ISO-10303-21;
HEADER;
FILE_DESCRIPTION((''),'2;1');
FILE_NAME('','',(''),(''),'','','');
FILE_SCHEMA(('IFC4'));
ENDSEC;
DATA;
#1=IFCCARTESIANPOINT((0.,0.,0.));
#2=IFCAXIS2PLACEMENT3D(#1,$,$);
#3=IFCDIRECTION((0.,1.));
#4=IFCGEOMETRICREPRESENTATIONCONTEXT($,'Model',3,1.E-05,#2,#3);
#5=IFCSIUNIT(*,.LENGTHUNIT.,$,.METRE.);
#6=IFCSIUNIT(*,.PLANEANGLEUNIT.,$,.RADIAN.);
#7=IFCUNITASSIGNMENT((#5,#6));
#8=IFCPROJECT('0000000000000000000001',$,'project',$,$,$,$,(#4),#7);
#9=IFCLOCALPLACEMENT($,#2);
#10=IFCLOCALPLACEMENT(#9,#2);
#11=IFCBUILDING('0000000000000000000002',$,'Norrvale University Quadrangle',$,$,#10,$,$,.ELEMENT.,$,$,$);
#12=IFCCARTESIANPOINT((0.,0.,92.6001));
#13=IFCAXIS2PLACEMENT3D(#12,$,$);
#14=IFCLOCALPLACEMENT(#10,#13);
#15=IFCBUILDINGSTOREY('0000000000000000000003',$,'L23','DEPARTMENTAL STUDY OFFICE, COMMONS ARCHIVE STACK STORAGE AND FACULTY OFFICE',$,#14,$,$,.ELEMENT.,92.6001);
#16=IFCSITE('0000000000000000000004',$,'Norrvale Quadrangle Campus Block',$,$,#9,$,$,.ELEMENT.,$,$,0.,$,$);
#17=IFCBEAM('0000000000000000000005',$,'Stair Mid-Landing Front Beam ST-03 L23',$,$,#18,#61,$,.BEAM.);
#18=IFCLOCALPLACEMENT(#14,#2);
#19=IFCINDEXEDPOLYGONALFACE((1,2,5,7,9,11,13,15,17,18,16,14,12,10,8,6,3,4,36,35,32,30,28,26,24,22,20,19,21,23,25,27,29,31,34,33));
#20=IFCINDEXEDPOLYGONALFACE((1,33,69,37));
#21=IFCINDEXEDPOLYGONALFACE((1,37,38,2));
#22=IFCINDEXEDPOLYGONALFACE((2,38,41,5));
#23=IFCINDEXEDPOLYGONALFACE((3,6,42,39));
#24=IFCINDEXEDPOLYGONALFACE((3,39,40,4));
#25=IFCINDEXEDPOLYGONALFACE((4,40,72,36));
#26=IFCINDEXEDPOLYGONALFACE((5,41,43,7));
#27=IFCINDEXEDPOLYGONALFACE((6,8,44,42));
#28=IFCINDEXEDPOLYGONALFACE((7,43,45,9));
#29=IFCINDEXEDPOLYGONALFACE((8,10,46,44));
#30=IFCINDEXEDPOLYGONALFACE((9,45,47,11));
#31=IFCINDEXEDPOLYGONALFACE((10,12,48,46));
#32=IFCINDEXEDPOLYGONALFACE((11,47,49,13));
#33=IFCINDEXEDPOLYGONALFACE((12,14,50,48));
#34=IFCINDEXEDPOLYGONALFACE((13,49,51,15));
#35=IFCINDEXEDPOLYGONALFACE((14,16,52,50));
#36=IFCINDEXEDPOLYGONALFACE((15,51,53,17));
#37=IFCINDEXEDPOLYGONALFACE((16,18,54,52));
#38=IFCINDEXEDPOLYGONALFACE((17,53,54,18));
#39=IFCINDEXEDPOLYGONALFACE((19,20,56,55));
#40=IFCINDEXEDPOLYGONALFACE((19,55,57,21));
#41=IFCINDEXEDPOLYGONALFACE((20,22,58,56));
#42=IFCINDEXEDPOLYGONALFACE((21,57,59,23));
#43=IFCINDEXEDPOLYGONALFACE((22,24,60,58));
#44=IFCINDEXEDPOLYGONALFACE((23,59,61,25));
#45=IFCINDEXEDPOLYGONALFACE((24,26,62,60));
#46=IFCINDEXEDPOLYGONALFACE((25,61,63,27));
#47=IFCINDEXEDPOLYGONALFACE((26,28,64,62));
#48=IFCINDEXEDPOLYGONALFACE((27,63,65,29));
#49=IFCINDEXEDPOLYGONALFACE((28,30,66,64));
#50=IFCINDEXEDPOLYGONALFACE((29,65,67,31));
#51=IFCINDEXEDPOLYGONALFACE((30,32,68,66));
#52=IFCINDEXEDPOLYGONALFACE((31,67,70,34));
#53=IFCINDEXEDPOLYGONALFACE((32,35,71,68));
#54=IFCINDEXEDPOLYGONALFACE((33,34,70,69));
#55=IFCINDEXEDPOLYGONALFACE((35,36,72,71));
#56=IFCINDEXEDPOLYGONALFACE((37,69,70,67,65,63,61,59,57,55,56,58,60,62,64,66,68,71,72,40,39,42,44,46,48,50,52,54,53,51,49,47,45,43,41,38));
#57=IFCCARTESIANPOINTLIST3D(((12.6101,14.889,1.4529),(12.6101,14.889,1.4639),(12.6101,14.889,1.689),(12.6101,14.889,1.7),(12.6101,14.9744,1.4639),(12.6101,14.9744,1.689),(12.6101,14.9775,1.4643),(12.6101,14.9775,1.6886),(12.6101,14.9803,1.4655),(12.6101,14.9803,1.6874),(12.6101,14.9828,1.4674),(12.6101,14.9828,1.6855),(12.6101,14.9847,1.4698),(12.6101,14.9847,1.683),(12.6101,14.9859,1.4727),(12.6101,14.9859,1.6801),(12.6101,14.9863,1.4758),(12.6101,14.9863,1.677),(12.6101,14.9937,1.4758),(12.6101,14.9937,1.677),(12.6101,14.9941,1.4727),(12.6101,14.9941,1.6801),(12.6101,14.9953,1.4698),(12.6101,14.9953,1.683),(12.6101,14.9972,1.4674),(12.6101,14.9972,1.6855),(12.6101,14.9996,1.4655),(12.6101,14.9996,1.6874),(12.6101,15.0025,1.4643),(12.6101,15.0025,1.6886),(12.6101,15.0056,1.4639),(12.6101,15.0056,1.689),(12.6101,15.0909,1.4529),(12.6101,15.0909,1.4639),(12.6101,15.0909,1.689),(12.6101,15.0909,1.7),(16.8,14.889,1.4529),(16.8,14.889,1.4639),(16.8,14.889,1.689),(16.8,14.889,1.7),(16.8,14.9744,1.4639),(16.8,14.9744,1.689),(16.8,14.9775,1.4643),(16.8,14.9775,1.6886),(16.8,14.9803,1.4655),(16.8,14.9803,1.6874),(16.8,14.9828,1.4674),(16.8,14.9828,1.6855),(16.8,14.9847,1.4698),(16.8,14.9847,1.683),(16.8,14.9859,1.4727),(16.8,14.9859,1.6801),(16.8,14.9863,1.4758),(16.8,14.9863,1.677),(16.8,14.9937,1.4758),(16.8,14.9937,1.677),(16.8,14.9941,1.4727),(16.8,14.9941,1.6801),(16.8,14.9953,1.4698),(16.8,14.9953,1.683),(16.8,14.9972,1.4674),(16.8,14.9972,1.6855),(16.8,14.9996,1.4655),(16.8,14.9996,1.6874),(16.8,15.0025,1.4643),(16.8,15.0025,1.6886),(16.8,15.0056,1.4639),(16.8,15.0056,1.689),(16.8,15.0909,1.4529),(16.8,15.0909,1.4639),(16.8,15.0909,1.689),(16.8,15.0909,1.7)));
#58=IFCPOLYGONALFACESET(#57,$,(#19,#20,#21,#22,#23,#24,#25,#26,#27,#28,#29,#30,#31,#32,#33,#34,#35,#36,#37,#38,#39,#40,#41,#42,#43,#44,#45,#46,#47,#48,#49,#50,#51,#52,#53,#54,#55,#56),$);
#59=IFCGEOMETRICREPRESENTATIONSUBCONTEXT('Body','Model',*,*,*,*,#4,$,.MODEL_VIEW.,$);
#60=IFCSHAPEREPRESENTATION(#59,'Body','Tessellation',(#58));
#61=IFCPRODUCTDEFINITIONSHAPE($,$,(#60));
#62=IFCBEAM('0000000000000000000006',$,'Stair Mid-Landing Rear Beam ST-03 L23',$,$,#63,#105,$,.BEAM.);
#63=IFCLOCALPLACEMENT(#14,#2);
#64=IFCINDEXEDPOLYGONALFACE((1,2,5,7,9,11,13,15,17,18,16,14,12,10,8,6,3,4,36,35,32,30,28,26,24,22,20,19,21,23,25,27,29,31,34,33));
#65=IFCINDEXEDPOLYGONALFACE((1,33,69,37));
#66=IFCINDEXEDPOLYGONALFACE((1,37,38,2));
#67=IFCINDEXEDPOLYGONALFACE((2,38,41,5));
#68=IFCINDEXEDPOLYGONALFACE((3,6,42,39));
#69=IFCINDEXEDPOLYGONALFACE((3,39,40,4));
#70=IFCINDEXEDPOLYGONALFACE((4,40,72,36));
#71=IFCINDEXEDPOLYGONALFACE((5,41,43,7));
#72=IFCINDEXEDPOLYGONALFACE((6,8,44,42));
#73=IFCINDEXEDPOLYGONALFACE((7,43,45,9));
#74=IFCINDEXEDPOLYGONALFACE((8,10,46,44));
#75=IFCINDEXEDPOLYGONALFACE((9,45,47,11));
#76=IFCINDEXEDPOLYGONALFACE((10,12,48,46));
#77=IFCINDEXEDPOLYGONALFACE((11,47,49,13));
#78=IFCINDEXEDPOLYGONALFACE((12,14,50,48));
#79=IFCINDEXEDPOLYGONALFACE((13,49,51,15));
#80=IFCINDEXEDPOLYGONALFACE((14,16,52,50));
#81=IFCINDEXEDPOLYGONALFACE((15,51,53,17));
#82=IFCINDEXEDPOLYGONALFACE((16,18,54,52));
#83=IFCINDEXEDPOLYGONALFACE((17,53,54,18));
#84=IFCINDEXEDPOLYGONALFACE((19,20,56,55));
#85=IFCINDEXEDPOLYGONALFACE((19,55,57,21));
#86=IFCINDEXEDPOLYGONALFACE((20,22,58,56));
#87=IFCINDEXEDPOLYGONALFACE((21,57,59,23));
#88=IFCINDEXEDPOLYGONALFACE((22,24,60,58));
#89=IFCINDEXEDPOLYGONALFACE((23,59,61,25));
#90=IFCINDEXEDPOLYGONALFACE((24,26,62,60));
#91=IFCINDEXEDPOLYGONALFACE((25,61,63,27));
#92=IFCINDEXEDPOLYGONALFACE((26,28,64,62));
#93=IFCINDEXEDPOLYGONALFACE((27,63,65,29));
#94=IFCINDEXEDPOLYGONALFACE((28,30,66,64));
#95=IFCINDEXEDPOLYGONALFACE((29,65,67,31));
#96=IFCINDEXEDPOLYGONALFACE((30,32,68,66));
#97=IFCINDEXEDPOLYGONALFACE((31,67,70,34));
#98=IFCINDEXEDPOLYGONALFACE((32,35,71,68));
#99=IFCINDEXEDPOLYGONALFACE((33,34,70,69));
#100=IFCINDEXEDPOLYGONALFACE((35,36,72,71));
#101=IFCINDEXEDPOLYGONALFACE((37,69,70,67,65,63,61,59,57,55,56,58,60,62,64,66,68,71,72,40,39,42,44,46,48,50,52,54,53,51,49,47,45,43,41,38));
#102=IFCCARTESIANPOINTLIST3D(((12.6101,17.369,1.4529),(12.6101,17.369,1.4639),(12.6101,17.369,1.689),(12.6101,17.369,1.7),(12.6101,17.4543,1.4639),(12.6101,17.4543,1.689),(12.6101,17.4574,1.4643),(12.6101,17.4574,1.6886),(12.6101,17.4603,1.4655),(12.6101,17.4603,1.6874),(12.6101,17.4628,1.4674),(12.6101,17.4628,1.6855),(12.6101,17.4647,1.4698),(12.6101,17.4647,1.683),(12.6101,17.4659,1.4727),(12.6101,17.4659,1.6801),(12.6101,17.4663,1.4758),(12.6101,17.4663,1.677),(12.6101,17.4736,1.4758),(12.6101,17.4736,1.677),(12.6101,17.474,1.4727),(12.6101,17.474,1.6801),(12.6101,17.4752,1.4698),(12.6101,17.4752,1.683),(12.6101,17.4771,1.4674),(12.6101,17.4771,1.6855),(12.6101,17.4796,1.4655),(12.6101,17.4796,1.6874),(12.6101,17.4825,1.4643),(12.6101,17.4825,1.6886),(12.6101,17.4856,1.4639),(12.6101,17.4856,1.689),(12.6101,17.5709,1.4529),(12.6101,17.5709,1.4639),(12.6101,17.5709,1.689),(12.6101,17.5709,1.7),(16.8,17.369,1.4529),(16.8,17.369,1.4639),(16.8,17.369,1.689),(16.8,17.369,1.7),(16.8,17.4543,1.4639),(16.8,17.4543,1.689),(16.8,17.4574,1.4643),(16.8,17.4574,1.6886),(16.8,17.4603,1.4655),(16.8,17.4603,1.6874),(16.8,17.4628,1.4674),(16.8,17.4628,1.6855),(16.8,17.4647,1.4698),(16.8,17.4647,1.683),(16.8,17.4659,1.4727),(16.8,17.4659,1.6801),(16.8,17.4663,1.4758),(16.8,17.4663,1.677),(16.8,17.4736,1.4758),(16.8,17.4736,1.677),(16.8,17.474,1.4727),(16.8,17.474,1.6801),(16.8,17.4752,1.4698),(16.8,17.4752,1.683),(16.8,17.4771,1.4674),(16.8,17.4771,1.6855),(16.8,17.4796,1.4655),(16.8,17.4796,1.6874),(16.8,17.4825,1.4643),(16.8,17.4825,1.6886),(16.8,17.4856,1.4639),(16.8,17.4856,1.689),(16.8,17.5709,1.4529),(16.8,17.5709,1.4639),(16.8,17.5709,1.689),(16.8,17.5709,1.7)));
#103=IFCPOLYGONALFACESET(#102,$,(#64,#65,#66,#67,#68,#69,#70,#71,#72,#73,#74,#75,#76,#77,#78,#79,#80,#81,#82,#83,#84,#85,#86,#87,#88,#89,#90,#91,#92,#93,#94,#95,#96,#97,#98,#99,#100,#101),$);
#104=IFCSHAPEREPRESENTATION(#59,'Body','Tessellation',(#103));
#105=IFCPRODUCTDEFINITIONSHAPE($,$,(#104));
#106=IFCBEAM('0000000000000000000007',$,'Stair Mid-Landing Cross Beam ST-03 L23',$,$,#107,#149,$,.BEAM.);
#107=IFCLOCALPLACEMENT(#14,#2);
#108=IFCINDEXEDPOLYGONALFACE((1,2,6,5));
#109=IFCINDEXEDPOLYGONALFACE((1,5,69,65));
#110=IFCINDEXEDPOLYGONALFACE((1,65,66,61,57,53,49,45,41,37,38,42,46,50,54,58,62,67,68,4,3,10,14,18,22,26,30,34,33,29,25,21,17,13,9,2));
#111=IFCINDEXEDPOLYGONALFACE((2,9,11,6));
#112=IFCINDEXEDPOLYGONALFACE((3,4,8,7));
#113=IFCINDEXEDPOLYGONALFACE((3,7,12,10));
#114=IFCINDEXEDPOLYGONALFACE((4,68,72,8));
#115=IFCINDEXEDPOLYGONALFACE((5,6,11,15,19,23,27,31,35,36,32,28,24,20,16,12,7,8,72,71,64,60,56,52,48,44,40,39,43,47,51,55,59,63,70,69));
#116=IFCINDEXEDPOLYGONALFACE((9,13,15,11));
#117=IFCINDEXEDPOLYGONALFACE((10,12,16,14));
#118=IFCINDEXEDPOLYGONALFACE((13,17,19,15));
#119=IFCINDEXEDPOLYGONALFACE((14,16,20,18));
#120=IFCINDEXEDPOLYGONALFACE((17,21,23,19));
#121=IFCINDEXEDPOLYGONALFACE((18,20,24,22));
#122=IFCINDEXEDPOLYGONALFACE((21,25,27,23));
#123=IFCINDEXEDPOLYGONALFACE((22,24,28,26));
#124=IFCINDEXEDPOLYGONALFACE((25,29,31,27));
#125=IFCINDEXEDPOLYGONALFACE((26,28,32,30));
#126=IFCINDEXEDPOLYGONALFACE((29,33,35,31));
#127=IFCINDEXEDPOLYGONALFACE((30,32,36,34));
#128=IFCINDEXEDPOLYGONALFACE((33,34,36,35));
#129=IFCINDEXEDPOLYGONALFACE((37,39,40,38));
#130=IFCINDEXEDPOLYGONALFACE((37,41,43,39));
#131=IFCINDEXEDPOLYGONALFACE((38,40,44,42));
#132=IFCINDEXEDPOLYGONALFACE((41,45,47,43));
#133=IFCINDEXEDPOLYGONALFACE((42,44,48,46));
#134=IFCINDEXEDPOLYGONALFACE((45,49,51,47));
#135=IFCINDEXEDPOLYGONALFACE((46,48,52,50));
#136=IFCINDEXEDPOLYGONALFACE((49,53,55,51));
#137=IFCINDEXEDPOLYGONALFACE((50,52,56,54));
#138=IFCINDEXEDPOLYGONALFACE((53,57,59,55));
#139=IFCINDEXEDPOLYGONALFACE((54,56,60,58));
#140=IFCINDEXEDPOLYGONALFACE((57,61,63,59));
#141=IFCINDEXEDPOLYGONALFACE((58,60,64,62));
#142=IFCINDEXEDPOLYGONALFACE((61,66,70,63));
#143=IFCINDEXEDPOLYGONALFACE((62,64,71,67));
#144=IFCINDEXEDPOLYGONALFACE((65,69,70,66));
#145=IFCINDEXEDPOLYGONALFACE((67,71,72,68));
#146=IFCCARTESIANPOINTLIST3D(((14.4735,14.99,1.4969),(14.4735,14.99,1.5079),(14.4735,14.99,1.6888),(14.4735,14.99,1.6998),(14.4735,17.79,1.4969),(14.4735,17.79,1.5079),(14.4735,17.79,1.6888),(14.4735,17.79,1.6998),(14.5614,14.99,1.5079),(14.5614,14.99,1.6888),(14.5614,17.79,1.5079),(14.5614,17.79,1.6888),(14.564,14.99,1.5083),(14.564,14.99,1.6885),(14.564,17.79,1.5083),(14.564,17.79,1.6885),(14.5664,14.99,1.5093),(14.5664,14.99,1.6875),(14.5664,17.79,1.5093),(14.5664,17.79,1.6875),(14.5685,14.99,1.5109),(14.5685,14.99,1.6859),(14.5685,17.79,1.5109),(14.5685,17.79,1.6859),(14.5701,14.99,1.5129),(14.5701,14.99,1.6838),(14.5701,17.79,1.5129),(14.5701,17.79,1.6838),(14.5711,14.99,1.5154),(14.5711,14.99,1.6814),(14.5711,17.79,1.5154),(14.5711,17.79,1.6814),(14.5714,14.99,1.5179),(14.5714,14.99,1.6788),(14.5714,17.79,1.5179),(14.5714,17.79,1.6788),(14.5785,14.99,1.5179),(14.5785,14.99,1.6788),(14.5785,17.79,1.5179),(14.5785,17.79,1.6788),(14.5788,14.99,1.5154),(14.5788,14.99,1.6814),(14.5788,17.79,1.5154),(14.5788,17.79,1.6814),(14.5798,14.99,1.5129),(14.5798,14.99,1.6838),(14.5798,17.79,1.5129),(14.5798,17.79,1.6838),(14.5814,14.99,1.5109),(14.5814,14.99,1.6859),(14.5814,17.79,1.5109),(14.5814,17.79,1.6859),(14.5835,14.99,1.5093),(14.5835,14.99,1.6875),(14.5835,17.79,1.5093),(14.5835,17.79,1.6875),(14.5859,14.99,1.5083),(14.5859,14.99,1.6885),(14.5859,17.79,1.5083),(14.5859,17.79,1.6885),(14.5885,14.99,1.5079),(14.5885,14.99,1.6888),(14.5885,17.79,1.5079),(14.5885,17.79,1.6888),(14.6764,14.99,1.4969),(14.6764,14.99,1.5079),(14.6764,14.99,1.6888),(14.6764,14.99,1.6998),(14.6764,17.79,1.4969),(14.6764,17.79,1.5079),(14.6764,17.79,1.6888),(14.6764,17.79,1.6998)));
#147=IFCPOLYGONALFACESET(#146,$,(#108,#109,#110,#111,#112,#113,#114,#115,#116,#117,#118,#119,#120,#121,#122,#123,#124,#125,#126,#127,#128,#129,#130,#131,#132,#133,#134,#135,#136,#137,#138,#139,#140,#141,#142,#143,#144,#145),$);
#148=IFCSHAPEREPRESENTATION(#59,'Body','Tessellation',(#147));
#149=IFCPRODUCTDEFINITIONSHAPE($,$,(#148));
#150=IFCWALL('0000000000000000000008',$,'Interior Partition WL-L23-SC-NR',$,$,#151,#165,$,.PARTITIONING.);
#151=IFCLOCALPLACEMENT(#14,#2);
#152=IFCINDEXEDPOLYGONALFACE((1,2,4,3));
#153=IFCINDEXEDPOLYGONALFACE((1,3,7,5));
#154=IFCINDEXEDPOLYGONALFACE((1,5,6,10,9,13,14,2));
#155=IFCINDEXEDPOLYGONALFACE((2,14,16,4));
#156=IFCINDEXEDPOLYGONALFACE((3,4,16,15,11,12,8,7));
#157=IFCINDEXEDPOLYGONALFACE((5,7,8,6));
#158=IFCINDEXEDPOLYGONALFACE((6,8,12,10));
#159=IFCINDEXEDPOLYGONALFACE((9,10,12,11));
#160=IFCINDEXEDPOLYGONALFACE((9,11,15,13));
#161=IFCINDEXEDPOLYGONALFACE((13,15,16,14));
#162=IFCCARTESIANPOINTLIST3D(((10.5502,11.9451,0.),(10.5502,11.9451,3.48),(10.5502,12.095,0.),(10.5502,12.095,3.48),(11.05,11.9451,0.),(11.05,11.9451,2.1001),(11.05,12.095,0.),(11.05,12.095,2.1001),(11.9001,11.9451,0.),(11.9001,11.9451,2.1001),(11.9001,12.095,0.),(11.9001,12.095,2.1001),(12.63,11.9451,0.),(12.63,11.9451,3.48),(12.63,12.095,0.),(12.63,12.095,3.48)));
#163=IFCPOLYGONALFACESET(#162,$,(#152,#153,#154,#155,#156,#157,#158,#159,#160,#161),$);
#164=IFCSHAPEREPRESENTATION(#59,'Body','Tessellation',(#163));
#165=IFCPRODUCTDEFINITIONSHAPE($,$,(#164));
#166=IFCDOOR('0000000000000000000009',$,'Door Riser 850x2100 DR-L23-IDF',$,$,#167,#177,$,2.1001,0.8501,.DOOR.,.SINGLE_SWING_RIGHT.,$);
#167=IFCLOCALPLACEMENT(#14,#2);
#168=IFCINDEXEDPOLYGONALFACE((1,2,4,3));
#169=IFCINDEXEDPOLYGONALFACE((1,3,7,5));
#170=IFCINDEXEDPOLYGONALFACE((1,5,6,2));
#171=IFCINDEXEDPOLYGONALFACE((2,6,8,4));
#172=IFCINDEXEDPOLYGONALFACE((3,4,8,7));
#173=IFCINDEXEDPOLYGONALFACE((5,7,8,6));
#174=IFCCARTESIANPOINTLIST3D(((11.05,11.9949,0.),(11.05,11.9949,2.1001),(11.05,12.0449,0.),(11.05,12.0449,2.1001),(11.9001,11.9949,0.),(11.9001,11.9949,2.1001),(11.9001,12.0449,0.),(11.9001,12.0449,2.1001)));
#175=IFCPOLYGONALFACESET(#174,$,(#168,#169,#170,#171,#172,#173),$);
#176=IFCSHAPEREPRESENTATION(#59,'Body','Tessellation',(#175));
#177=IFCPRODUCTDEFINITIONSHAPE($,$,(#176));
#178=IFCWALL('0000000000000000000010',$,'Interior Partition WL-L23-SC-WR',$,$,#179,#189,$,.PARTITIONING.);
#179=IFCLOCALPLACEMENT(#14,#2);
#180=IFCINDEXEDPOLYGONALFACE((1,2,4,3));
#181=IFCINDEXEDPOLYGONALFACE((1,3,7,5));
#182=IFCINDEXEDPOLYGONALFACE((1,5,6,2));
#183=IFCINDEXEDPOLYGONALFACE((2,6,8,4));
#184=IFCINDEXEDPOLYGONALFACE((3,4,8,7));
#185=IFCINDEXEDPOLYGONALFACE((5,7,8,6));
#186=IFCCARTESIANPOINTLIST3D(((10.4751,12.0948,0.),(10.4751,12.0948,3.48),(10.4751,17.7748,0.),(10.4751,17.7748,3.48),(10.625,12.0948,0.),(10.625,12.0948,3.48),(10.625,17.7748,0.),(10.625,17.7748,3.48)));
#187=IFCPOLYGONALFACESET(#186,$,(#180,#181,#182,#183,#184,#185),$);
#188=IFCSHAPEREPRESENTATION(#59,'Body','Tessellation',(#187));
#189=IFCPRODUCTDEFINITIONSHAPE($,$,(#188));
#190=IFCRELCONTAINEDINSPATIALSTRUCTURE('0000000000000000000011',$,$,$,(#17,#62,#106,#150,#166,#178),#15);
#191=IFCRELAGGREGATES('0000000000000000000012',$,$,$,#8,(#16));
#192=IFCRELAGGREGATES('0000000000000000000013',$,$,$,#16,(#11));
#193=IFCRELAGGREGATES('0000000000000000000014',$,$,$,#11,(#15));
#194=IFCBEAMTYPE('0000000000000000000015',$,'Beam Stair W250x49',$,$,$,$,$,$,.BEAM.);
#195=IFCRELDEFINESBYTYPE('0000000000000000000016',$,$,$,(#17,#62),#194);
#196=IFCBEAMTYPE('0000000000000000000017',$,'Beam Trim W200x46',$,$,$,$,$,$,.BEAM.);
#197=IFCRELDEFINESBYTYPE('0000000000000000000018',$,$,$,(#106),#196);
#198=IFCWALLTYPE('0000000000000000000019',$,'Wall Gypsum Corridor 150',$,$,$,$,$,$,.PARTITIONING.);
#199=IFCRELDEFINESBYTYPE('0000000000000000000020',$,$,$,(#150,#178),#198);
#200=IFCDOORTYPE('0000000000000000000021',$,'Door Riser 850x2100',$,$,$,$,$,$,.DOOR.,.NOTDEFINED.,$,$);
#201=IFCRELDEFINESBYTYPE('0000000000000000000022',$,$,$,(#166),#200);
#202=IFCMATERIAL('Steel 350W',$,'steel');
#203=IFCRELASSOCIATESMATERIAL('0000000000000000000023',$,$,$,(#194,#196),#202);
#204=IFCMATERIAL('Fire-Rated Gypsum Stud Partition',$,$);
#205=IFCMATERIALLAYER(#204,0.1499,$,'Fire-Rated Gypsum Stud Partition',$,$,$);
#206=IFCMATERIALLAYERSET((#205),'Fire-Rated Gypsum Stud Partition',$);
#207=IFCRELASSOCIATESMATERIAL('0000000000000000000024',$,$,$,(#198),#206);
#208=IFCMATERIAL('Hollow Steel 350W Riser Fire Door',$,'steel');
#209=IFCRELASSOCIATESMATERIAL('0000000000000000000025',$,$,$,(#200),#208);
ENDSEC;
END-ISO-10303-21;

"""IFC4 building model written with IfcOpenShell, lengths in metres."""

from ifc_helpers import new_model, si_unit, direction, frame, frame_2d, origin, origin_2d, place, context, subcontext, project, spatial, rectangle, i_section, extrude, material, layer, layer_set, material_profile, profile_set, type_object, element, fill, save


model = new_model("IFC4")

# Units and contexts
model_context = context("Model", 3, precision=1e-05, world=origin(), true_north=direction((0.0, 1.0)))
body_context = subcontext(model_context, "Body", "Model", "MODEL_VIEW")
ifc_project = project(units=[si_unit("LENGTHUNIT", "METRE"), si_unit("PLANEANGLEUNIT", "RADIAN")], contexts=[model_context])

# Site, building, storey
site_placement = place(None, origin())
site = spatial("IfcSite", under=ifc_project, at=site_placement, Name="Norrvale Quadrangle Campus Block", CompositionType="ELEMENT", RefElevation=0.0)
building_placement = place(site_placement, origin())
building = spatial("IfcBuilding", under=site, at=building_placement, Name="Norrvale University Quadrangle", CompositionType="ELEMENT")
storey_placement = place(building_placement, frame((0.0, 0.0, 92.6001)))
storey = spatial("IfcBuildingStorey", under=building, at=storey_placement, Name="L23", Description="DEPARTMENTAL STUDY OFFICE, COMMONS ARCHIVE STACK STORAGE AND FACULTY OFFICE", CompositionType="ELEMENT", Elevation=92.6001)

# Beams
ifc_material_1 = material(Name="Steel 350W", Category="steel")
ifc_material_profile_1 = material_profile(ifc_material_1, i_section(OverallWidth=0.2019, OverallDepth=0.2471, WebThickness=0.0073, FlangeThickness=0.011, FilletRadius=0.012, at=origin_2d()), Name="Steel 350W")
ifc_profile_set_1 = profile_set([ifc_material_profile_1], Name="Steel 350W")
beam_type_1 = type_object("IfcBeamType", Name="Beam Stair W250x49", PredefinedType="BEAM", material=ifc_profile_set_1)
for number, where, z_axis, x_axis, name in (
    (1, (12.6101, 14.99, 1.5764), (1.0, 0.0, 0.0), (0.0, 1.0, 0.0), "Stair Mid-Landing Front Beam ST-03 L23"),
    (2, (12.6101, 17.47, 1.5764), (1.0, 0.0, 0.0), (0.0, 1.0, 0.0), "Stair Mid-Landing Rear Beam ST-03 L23"),
):
    element("IfcBeam", number, at=place(storey_placement, frame(where, z_axis=z_axis, x_axis=x_axis)), inside=storey, type_object=beam_type_1, Name=name, PredefinedType="BEAM", context=body_context, shape_type="SweptSolid", body=[
        extrude(i_section(OverallWidth=0.2019, OverallDepth=0.2471, WebThickness=0.0073, FlangeThickness=0.011, FilletRadius=0.012, at=origin_2d()), origin(), (0.0, 0.0, 1.0), 4.1899),
    ])
ifc_material_profile_2 = material_profile(ifc_material_1, i_section(OverallWidth=0.2029, OverallDepth=0.2029, WebThickness=0.0071, FlangeThickness=0.011, FilletRadius=0.01, at=origin_2d()), Name="Steel 350W")
ifc_profile_set_2 = profile_set([ifc_material_profile_2], Name="Steel 350W")
beam_type_2 = type_object("IfcBeamType", Name="Beam Trim W200x46", PredefinedType="BEAM", material=ifc_profile_set_2)
beam_placement = place(storey_placement, frame((14.575, 14.99, 1.5984), z_axis=(0.0, 1.0, 0.0), x_axis=(-1.0, 0.0, 0.0)))
element("IfcBeam", 3, at=beam_placement, inside=storey, type_object=beam_type_2, Name="Stair Mid-Landing Cross Beam ST-03 L23", PredefinedType="BEAM", context=body_context, shape_type="SweptSolid", body=[
    extrude(i_section(OverallWidth=0.2029, OverallDepth=0.2029, WebThickness=0.0071, FlangeThickness=0.011, FilletRadius=0.01, at=origin_2d()), origin(), (0.0, 0.0, 1.0), 2.8),
])

# Wall, opening, door
ifc_material_2 = material(Name="Fire-Rated Gypsum Stud Partition")
ifc_layer_1 = layer(ifc_material_2, 0.1499, Name="Fire-Rated Gypsum Stud Partition")
ifc_layer_set_1 = layer_set([ifc_layer_1], Name="Fire-Rated Gypsum Stud Partition")
wall_type_1 = type_object("IfcWallType", Name="Wall Gypsum Corridor 150", PredefinedType="PARTITIONING", material=ifc_layer_set_1)
wall_1_placement = place(storey_placement, frame((10.55, 12.02, 0.0), z_axis=(0.0, 0.0, 1.0), x_axis=(1.0, 0.0, 0.0)))
wall_1 = element("IfcWall", 4, at=wall_1_placement, inside=storey, type_object=wall_type_1, Name="Interior Partition WL-L23-SC-NR", PredefinedType="PARTITIONING", context=body_context, shape_type="SweptSolid", body=[
    extrude(rectangle(XDim=2.0798, YDim=0.1499, at=frame_2d((1.04, 0.0))), origin(), (0.0, 0.0, 1.0), 3.48),
])
opening_1_placement = place(wall_1_placement, frame((0.5, 0.0, 0.0)))
opening_1 = element("IfcOpeningElement", 5, at=opening_1_placement, cuts=wall_1, PredefinedType="OPENING", context=body_context, shape_type="SweptSolid", body=[
    extrude(rectangle(XDim=0.8501, YDim=2.1001, at=frame_2d((0.425, 1.05))), frame((0.0, 0.0869, 0.0), z_axis=(0.0, -1.0, 0.0), x_axis=(1.0, 0.0, 0.0)), (0.0, 0.0, 1.0), 0.1738),
])
ifc_material_3 = material(Name="Hollow Steel 350W Riser Fire Door", Category="steel")
door_type_1 = type_object("IfcDoorType", Name="Door Riser 850x2100", OperationType="NOTDEFINED", PredefinedType="DOOR", material=ifc_material_3)
door_1_placement = place(opening_1_placement, origin())
door_1 = element("IfcDoor", 6, at=door_1_placement, inside=storey, type_object=door_type_1, Name="Door Riser 850x2100 DR-L23-IDF", OperationType="SINGLE_SWING_RIGHT", OverallHeight=2.1001, OverallWidth=0.8501, PredefinedType="DOOR", context=body_context, shape_type="SweptSolid", body=[
    extrude(rectangle(XDim=0.8501, YDim=2.1001, at=frame_2d((0.425, 1.05))), frame((0.0, 0.0249, 0.0), z_axis=(0.0, -1.0, 0.0), x_axis=(1.0, 0.0, 0.0)), (0.0, 0.0, 1.0), 0.05),
])
fill(opening_1, door_1)

# Wall
wall_2_placement = place(storey_placement, frame((10.55, 12.095, 0.0), z_axis=(0.0, 0.0, 1.0), x_axis=(0.0, 1.0, 0.0)))
element("IfcWall", 7, at=wall_2_placement, inside=storey, type_object=wall_type_1, Name="Interior Partition WL-L23-SC-WR", PredefinedType="PARTITIONING", context=body_context, shape_type="SweptSolid", body=[
    extrude(rectangle(XDim=5.6799, YDim=0.1499, at=frame_2d((2.8398, 0.0))), origin(), (0.0, 0.0, 1.0), 3.48),
])

save(model, "model.ifc")
